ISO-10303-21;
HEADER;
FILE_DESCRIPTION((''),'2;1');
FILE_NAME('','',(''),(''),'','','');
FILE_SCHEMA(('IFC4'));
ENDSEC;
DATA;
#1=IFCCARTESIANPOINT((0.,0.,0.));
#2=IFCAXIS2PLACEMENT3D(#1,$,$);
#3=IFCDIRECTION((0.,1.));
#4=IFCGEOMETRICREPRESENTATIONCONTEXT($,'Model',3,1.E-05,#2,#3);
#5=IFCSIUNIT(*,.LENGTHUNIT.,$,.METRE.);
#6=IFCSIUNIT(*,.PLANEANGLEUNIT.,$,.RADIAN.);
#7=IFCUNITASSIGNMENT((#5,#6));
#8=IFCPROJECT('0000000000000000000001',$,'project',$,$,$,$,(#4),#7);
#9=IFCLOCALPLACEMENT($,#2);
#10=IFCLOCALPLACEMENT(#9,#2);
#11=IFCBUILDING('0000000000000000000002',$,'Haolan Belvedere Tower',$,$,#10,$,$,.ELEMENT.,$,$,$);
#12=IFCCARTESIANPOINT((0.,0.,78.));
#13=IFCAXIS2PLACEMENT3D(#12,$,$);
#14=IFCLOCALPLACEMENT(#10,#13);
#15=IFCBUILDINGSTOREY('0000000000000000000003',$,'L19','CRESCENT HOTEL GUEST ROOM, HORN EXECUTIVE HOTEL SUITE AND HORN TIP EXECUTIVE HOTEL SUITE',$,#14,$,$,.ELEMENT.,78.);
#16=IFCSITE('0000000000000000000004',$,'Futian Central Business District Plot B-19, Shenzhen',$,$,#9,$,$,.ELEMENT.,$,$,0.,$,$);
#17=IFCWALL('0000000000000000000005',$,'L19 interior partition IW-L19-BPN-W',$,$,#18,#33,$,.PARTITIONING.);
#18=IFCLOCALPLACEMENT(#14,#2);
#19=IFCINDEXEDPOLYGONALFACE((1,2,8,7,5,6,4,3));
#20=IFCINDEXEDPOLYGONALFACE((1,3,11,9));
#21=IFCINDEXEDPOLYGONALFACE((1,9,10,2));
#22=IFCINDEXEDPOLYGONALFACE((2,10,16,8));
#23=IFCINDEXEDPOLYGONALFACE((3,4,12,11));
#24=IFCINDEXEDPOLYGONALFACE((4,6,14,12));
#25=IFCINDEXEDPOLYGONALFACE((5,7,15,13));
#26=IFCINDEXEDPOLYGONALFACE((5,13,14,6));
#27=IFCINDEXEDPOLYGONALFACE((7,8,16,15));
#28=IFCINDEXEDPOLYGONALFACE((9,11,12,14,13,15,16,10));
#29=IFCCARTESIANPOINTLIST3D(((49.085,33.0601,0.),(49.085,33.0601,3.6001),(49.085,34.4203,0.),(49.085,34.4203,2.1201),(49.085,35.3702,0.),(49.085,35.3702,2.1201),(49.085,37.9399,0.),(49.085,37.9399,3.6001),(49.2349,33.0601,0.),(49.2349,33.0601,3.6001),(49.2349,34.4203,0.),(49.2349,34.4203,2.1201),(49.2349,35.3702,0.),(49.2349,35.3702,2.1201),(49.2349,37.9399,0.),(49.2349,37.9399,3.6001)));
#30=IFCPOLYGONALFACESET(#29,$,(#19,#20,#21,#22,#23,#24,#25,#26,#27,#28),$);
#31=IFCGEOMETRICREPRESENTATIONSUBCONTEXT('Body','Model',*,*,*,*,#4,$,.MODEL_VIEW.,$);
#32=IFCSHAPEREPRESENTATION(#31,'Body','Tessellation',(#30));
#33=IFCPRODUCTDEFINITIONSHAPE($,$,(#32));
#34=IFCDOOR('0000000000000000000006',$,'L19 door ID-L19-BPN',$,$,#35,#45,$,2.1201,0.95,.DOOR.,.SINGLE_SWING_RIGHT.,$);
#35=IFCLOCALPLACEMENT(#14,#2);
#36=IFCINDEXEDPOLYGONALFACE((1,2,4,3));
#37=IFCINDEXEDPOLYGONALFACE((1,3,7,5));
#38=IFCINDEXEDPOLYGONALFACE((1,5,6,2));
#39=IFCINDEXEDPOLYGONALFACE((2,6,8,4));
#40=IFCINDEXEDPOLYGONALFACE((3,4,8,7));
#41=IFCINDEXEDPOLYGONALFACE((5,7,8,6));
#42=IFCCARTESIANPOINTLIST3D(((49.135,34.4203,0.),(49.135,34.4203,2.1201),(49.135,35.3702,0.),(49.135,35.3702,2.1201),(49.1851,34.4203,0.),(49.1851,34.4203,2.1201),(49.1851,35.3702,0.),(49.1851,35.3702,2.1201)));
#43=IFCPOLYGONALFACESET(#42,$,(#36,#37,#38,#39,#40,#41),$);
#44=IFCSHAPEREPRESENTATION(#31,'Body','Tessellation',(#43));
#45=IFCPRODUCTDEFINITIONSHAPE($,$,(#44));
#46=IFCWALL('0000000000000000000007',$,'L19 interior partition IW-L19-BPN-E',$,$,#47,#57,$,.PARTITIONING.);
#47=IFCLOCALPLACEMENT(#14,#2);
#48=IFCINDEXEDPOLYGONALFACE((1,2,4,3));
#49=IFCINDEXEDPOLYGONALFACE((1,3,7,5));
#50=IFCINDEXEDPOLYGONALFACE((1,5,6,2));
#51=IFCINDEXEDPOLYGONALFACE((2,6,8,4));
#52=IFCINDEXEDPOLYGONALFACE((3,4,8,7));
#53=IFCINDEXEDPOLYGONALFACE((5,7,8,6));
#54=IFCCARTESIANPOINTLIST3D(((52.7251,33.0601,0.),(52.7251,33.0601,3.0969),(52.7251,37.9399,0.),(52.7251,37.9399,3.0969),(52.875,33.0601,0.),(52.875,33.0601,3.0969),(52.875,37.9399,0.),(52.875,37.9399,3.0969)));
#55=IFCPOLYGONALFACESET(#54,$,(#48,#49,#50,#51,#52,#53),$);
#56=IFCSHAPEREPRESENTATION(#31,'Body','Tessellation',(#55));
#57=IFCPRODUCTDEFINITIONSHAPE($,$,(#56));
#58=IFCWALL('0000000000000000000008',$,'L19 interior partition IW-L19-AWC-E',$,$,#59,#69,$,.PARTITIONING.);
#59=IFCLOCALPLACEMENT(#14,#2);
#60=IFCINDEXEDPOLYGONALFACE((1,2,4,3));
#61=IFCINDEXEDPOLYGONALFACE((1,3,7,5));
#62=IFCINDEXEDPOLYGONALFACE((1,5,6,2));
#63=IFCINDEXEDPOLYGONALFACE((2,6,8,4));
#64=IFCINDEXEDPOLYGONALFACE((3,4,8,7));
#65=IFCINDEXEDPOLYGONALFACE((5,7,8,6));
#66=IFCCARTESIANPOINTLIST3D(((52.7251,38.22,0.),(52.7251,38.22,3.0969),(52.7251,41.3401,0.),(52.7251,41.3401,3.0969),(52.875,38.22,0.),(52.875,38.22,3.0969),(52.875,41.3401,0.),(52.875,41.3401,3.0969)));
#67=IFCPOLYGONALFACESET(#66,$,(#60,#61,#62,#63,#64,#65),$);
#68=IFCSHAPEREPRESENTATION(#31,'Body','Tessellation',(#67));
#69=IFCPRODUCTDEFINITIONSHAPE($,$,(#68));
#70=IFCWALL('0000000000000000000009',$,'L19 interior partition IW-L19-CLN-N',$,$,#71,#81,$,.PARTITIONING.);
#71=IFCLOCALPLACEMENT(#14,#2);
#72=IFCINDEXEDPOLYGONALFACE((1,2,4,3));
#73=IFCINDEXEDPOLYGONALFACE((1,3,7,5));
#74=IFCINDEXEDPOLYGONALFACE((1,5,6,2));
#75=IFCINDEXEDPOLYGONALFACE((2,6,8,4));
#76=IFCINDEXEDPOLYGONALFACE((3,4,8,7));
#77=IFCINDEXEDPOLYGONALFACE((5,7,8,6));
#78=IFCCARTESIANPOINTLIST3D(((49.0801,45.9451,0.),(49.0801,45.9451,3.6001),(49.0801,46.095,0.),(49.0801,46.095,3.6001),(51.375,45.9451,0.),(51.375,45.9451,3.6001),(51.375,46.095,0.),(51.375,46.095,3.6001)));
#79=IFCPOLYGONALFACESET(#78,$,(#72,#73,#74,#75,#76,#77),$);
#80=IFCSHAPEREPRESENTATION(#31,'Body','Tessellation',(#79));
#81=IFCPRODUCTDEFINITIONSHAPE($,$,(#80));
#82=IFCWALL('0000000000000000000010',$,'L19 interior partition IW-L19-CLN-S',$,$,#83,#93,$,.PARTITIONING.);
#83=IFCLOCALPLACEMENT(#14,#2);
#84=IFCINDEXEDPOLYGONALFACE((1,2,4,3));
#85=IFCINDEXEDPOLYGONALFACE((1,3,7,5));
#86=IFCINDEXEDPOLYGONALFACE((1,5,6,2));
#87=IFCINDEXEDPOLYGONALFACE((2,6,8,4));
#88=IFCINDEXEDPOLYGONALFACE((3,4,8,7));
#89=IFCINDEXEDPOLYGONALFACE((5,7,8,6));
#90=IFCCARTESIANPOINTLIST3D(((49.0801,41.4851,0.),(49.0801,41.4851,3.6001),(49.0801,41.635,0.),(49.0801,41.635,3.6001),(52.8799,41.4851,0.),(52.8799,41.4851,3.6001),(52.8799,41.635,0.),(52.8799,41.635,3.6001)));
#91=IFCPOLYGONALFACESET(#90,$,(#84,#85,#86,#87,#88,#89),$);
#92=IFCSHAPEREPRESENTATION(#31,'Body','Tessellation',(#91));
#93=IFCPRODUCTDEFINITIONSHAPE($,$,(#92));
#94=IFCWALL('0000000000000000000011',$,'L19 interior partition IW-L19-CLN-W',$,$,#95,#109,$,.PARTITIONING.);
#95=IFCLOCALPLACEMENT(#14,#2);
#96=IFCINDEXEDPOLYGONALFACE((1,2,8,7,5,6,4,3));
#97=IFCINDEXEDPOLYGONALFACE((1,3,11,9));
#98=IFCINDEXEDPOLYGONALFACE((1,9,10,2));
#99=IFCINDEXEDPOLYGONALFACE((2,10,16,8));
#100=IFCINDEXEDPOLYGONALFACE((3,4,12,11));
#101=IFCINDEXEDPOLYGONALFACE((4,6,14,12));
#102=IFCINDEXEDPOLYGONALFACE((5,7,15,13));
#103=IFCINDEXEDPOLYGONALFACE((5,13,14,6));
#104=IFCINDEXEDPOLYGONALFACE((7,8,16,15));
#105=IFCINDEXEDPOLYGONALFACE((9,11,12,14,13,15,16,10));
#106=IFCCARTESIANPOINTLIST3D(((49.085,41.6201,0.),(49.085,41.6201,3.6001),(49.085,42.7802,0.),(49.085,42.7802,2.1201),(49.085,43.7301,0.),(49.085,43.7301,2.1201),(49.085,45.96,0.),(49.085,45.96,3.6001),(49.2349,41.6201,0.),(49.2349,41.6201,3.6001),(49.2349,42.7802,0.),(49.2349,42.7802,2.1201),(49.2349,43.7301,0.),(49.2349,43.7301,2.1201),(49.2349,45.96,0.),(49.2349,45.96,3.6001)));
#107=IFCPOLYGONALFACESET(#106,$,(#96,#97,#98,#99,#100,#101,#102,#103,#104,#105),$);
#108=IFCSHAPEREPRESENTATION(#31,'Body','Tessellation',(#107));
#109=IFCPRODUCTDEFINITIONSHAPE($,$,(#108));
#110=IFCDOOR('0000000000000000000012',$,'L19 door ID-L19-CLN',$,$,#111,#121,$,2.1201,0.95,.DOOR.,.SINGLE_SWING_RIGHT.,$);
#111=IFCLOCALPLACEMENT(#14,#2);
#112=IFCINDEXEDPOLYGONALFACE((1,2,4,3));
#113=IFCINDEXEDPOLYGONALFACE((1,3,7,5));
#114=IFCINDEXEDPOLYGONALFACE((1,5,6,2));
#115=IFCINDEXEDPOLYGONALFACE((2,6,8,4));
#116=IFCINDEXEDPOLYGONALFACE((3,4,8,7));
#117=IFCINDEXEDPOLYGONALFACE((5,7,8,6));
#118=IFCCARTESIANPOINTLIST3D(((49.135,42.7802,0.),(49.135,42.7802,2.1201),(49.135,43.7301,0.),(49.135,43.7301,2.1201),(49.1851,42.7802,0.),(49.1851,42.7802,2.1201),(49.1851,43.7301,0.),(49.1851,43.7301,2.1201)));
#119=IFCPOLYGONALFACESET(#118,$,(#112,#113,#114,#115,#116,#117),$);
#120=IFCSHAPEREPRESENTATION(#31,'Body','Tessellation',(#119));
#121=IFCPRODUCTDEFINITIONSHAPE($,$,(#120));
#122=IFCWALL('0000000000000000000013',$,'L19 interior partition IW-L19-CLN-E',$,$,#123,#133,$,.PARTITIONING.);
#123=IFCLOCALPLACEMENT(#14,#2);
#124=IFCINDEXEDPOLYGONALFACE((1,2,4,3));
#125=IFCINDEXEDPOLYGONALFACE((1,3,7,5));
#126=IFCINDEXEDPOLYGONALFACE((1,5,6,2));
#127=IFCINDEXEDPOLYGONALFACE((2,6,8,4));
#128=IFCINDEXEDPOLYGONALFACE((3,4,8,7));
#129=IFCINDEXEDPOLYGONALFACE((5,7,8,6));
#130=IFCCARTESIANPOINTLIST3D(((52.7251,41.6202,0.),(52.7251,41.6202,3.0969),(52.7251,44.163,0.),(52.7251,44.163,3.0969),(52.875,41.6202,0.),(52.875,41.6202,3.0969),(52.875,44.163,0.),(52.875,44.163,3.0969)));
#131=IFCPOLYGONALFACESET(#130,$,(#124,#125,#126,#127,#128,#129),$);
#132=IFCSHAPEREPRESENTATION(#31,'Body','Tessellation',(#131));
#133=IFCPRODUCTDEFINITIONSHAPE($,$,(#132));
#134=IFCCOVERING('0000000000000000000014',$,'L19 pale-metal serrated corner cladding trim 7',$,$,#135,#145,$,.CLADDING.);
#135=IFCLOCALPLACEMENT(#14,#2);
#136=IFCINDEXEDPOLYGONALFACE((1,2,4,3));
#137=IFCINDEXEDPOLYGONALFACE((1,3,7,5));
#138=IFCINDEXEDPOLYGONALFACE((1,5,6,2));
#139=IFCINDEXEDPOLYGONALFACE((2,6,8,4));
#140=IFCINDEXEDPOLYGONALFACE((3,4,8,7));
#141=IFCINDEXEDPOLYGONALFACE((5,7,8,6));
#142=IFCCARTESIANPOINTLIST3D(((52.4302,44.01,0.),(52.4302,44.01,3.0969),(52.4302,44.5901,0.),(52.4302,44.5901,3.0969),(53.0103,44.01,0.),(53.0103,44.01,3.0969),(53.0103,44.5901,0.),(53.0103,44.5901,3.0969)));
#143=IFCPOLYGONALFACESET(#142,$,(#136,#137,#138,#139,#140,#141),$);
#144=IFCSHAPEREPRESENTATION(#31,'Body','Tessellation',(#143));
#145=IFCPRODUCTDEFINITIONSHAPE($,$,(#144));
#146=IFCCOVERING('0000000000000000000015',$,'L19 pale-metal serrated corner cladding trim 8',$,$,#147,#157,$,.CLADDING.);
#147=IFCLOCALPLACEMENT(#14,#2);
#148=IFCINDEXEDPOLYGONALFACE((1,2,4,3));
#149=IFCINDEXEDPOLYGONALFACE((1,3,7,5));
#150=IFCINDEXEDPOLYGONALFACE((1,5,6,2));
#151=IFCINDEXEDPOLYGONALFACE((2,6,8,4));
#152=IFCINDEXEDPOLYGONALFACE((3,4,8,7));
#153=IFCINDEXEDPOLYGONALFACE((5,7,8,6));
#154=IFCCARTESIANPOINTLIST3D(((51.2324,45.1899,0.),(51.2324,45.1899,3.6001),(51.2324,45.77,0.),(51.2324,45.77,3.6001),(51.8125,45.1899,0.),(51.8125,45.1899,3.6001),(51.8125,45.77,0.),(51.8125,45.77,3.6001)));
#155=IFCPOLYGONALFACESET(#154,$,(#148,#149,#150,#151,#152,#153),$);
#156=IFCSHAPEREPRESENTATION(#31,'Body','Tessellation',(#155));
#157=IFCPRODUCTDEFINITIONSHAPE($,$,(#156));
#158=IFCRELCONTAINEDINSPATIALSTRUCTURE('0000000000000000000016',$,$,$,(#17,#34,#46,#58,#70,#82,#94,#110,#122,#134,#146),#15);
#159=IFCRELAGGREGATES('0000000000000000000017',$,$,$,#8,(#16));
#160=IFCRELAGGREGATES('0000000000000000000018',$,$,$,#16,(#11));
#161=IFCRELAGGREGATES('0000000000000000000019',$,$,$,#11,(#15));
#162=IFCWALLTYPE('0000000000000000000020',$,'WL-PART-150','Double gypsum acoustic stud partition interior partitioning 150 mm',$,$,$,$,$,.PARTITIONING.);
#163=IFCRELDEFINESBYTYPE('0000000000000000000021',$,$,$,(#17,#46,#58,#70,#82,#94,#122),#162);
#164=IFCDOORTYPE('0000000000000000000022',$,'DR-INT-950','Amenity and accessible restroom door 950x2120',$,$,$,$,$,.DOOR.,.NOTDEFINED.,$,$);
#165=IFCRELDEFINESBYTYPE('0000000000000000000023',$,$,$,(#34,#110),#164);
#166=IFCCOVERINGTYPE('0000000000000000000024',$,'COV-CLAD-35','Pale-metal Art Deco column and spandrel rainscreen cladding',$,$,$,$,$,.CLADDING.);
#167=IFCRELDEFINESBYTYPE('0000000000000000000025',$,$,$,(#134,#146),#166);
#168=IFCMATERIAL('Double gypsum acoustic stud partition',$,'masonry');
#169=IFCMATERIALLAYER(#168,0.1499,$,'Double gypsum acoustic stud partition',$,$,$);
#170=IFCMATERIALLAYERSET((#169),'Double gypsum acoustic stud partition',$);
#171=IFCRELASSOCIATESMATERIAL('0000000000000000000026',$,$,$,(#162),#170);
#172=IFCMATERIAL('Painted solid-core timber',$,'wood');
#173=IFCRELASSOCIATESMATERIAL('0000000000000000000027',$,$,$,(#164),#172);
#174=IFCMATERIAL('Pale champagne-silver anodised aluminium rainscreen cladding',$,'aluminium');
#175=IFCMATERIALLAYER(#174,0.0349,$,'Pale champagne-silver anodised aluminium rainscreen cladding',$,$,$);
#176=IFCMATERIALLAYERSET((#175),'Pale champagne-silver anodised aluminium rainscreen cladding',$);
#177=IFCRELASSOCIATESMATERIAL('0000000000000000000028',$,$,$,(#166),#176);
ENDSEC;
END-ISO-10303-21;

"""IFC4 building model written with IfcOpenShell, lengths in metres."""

from ifc_helpers import new_model, si_unit, direction, frame, frame_2d, origin, origin_2d, place, context, subcontext, project, spatial, rectangle, extrude, material, layer, layer_set, type_object, element, fill, save


model = new_model("IFC4")

# Units and contexts
model_context = context("Model", 3, precision=1e-05, world=origin(), true_north=direction((0.0, 1.0)))
body_context = subcontext(model_context, "Body", "Model", "MODEL_VIEW")
ifc_project = project(units=[si_unit("LENGTHUNIT", "METRE"), si_unit("PLANEANGLEUNIT", "RADIAN")], contexts=[model_context])

# Site, building, storey
site_placement = place(None, origin())
site = spatial("IfcSite", under=ifc_project, at=site_placement, Name="Futian Central Business District Plot B-19, Shenzhen", CompositionType="ELEMENT", RefElevation=0.0)
building_placement = place(site_placement, origin())
building = spatial("IfcBuilding", under=site, at=building_placement, Name="Haolan Belvedere Tower", CompositionType="ELEMENT")
storey_placement = place(building_placement, frame((0.0, 0.0, 78.0)))
storey = spatial("IfcBuildingStorey", under=building, at=storey_placement, Name="L19", Description="CRESCENT HOTEL GUEST ROOM, HORN EXECUTIVE HOTEL SUITE AND HORN TIP EXECUTIVE HOTEL SUITE", CompositionType="ELEMENT", Elevation=78.0)

# Wall, opening, door
ifc_material_1 = material(Name="Double gypsum acoustic stud partition", Category="masonry")
ifc_layer_1 = layer(ifc_material_1, 0.1499, Name="Double gypsum acoustic stud partition")
ifc_layer_set_1 = layer_set([ifc_layer_1], Name="Double gypsum acoustic stud partition")
wall_type_1 = type_object("IfcWallType", Name="WL-PART-150", Description="Double gypsum acoustic stud partition interior partitioning 150 mm", PredefinedType="PARTITIONING", material=ifc_layer_set_1)
wall_1_placement = place(storey_placement, frame((49.1599, 33.0601, 0.0), z_axis=(0.0, 0.0, 1.0), x_axis=(0.0, 1.0, 0.0)))
wall_1 = element("IfcWall", 1, at=wall_1_placement, inside=storey, type_object=wall_type_1, Name="L19 interior partition IW-L19-BPN-W", PredefinedType="PARTITIONING", context=body_context, shape_type="SweptSolid", body=[
    extrude(rectangle(XDim=4.8799, YDim=0.1499, at=frame_2d((2.4399, 0.0))), origin(), (0.0, 0.0, 1.0), 3.6001),
])
opening_1_placement = place(wall_1_placement, frame((1.3601, 0.0, 0.0)))
opening_1 = element("IfcOpeningElement", 2, at=opening_1_placement, cuts=wall_1, PredefinedType="OPENING", context=body_context, shape_type="SweptSolid", body=[
    extrude(rectangle(XDim=0.95, YDim=2.1201, at=frame_2d((0.4751, 1.0601))), frame((0.0, 0.085, 0.0), z_axis=(0.0, -1.0, 0.0), x_axis=(1.0, 0.0, 0.0)), (0.0, 0.0, 1.0), 0.1699),
])
ifc_material_2 = material(Name="Painted solid-core timber", Category="wood")
door_type = type_object("IfcDoorType", Name="DR-INT-950", Description="Amenity and accessible restroom door 950x2120", OperationType="NOTDEFINED", PredefinedType="DOOR", material=ifc_material_2)
door_1_placement = place(opening_1_placement, origin())
door_1 = element("IfcDoor", 3, at=door_1_placement, inside=storey, type_object=door_type, Name="L19 door ID-L19-BPN", OperationType="SINGLE_SWING_RIGHT", OverallHeight=2.1201, OverallWidth=0.95, PredefinedType="DOOR", context=body_context, shape_type="SweptSolid", body=[
    extrude(rectangle(XDim=0.95, YDim=2.1201, at=frame_2d((0.4751, 1.0601))), frame((0.0, 0.0249, 0.0), z_axis=(0.0, -1.0, 0.0), x_axis=(1.0, 0.0, 0.0)), (0.0, 0.0, 1.0), 0.05),
])
fill(opening_1, door_1)

# Wall
wall_2_placement = place(storey_placement, frame((52.8, 33.0601, 0.0), z_axis=(0.0, 0.0, 1.0), x_axis=(0.0, 1.0, 0.0)))
element("IfcWall", 4, at=wall_2_placement, inside=storey, type_object=wall_type_1, Name="L19 interior partition IW-L19-BPN-E", PredefinedType="PARTITIONING", context=body_context, shape_type="SweptSolid", body=[
    extrude(rectangle(XDim=4.8799, YDim=0.1499, at=frame_2d((2.4399, 0.0))), origin(), (0.0, 0.0, 1.0), 3.0969),
])

# Walls
wall_3_placement = place(storey_placement, frame((52.8, 38.22, 0.0), z_axis=(0.0, 0.0, 1.0), x_axis=(0.0, 1.0, 0.0)))
element("IfcWall", 5, at=wall_3_placement, inside=storey, type_object=wall_type_1, Name="L19 interior partition IW-L19-AWC-E", PredefinedType="PARTITIONING", context=body_context, shape_type="SweptSolid", body=[
    extrude(rectangle(XDim=3.1201, YDim=0.1499, at=frame_2d((1.5601, 0.0))), origin(), (0.0, 0.0, 1.0), 3.0969),
])
wall_4_placement = place(storey_placement, frame((49.0801, 46.02, 0.0), z_axis=(0.0, 0.0, 1.0), x_axis=(1.0, 0.0, 0.0)))
element("IfcWall", 6, at=wall_4_placement, inside=storey, type_object=wall_type_1, Name="L19 interior partition IW-L19-CLN-N", PredefinedType="PARTITIONING", context=body_context, shape_type="SweptSolid", body=[
    extrude(rectangle(XDim=2.2949, YDim=0.1499, at=frame_2d((1.1475, 0.0))), origin(), (0.0, 0.0, 1.0), 3.6001),
])
wall_5_placement = place(storey_placement, frame((49.0801, 41.5601, 0.0), z_axis=(0.0, 0.0, 1.0), x_axis=(1.0, 0.0, 0.0)))
element("IfcWall", 7, at=wall_5_placement, inside=storey, type_object=wall_type_1, Name="L19 interior partition IW-L19-CLN-S", PredefinedType="PARTITIONING", context=body_context, shape_type="SweptSolid", body=[
    extrude(rectangle(XDim=3.7998, YDim=0.1499, at=frame_2d((1.8999, 0.0))), origin(), (0.0, 0.0, 1.0), 3.6001),
])

# Wall, opening, door
wall_6_placement = place(storey_placement, frame((49.1599, 41.6201, 0.0), z_axis=(0.0, 0.0, 1.0), x_axis=(0.0, 1.0, 0.0)))
wall_6 = element("IfcWall", 8, at=wall_6_placement, inside=storey, type_object=wall_type_1, Name="L19 interior partition IW-L19-CLN-W", PredefinedType="PARTITIONING", context=body_context, shape_type="SweptSolid", body=[
    extrude(rectangle(XDim=4.3398, YDim=0.1499, at=frame_2d((2.1699, 0.0))), origin(), (0.0, 0.0, 1.0), 3.6001),
])
opening_2_placement = place(wall_6_placement, frame((1.1599, 0.0, 0.0)))
opening_2 = element("IfcOpeningElement", 9, at=opening_2_placement, cuts=wall_6, PredefinedType="OPENING", context=body_context, shape_type="SweptSolid", body=[
    extrude(rectangle(XDim=0.95, YDim=2.1201, at=frame_2d((0.4751, 1.0601))), frame((0.0, 0.085, 0.0), z_axis=(0.0, -1.0, 0.0), x_axis=(1.0, 0.0, 0.0)), (0.0, 0.0, 1.0), 0.1699),
])
door_2_placement = place(opening_2_placement, origin())
door_2 = element("IfcDoor", 10, at=door_2_placement, inside=storey, type_object=door_type, Name="L19 door ID-L19-CLN", OperationType="SINGLE_SWING_RIGHT", OverallHeight=2.1201, OverallWidth=0.95, PredefinedType="DOOR", context=body_context, shape_type="SweptSolid", body=[
    extrude(rectangle(XDim=0.95, YDim=2.1201, at=frame_2d((0.4751, 1.0601))), frame((0.0, 0.0249, 0.0), z_axis=(0.0, -1.0, 0.0), x_axis=(1.0, 0.0, 0.0)), (0.0, 0.0, 1.0), 0.05),
])
fill(opening_2, door_2)

# Wall
wall_7_placement = place(storey_placement, frame((52.8, 41.6201, 0.0), z_axis=(0.0, 0.0, 1.0), x_axis=(0.0, 1.0, 0.0)))
element("IfcWall", 11, at=wall_7_placement, inside=storey, type_object=wall_type_1, Name="L19 interior partition IW-L19-CLN-E", PredefinedType="PARTITIONING", context=body_context, shape_type="SweptSolid", body=[
    extrude(rectangle(XDim=2.5427, YDim=0.1499, at=frame_2d((1.2715, 0.0))), origin(), (0.0, 0.0, 1.0), 3.0969),
])

# Coverings
ifc_material_3 = material(Name="Pale champagne-silver anodised aluminium rainscreen cladding", Category="aluminium")
ifc_layer_2 = layer(ifc_material_3, 0.0349, Name="Pale champagne-silver anodised aluminium rainscreen cladding")
ifc_layer_set_2 = layer_set([ifc_layer_2], Name="Pale champagne-silver anodised aluminium rainscreen cladding")
covering_type = type_object("IfcCoveringType", Name="COV-CLAD-35", Description="Pale-metal Art Deco column and spandrel rainscreen cladding", PredefinedType="CLADDING", material=ifc_layer_set_2)
covering_1_placement = place(storey_placement, frame((52.7202, 44.3, 0.0), z_axis=(0.0, 0.0, 1.0), x_axis=(1.0, 0.0, 0.0)))
element("IfcCovering", 12, at=covering_1_placement, inside=storey, type_object=covering_type, Name="L19 pale-metal serrated corner cladding trim 7", PredefinedType="CLADDING", context=body_context, shape_type="SweptSolid", body=[
    extrude(rectangle(XDim=0.5801, YDim=0.5801, at=origin_2d()), origin(), (0.0, 0.0, 1.0), 3.0969),
])
covering_2_placement = place(storey_placement, frame((51.5225, 45.48, 0.0), z_axis=(0.0, 0.0, 1.0), x_axis=(1.0, 0.0, 0.0)))
element("IfcCovering", 13, at=covering_2_placement, inside=storey, type_object=covering_type, Name="L19 pale-metal serrated corner cladding trim 8", PredefinedType="CLADDING", context=body_context, shape_type="SweptSolid", body=[
    extrude(rectangle(XDim=0.5801, YDim=0.5801, at=origin_2d()), origin(), (0.0, 0.0, 1.0), 3.6001),
])

save(model, "model.ifc")
